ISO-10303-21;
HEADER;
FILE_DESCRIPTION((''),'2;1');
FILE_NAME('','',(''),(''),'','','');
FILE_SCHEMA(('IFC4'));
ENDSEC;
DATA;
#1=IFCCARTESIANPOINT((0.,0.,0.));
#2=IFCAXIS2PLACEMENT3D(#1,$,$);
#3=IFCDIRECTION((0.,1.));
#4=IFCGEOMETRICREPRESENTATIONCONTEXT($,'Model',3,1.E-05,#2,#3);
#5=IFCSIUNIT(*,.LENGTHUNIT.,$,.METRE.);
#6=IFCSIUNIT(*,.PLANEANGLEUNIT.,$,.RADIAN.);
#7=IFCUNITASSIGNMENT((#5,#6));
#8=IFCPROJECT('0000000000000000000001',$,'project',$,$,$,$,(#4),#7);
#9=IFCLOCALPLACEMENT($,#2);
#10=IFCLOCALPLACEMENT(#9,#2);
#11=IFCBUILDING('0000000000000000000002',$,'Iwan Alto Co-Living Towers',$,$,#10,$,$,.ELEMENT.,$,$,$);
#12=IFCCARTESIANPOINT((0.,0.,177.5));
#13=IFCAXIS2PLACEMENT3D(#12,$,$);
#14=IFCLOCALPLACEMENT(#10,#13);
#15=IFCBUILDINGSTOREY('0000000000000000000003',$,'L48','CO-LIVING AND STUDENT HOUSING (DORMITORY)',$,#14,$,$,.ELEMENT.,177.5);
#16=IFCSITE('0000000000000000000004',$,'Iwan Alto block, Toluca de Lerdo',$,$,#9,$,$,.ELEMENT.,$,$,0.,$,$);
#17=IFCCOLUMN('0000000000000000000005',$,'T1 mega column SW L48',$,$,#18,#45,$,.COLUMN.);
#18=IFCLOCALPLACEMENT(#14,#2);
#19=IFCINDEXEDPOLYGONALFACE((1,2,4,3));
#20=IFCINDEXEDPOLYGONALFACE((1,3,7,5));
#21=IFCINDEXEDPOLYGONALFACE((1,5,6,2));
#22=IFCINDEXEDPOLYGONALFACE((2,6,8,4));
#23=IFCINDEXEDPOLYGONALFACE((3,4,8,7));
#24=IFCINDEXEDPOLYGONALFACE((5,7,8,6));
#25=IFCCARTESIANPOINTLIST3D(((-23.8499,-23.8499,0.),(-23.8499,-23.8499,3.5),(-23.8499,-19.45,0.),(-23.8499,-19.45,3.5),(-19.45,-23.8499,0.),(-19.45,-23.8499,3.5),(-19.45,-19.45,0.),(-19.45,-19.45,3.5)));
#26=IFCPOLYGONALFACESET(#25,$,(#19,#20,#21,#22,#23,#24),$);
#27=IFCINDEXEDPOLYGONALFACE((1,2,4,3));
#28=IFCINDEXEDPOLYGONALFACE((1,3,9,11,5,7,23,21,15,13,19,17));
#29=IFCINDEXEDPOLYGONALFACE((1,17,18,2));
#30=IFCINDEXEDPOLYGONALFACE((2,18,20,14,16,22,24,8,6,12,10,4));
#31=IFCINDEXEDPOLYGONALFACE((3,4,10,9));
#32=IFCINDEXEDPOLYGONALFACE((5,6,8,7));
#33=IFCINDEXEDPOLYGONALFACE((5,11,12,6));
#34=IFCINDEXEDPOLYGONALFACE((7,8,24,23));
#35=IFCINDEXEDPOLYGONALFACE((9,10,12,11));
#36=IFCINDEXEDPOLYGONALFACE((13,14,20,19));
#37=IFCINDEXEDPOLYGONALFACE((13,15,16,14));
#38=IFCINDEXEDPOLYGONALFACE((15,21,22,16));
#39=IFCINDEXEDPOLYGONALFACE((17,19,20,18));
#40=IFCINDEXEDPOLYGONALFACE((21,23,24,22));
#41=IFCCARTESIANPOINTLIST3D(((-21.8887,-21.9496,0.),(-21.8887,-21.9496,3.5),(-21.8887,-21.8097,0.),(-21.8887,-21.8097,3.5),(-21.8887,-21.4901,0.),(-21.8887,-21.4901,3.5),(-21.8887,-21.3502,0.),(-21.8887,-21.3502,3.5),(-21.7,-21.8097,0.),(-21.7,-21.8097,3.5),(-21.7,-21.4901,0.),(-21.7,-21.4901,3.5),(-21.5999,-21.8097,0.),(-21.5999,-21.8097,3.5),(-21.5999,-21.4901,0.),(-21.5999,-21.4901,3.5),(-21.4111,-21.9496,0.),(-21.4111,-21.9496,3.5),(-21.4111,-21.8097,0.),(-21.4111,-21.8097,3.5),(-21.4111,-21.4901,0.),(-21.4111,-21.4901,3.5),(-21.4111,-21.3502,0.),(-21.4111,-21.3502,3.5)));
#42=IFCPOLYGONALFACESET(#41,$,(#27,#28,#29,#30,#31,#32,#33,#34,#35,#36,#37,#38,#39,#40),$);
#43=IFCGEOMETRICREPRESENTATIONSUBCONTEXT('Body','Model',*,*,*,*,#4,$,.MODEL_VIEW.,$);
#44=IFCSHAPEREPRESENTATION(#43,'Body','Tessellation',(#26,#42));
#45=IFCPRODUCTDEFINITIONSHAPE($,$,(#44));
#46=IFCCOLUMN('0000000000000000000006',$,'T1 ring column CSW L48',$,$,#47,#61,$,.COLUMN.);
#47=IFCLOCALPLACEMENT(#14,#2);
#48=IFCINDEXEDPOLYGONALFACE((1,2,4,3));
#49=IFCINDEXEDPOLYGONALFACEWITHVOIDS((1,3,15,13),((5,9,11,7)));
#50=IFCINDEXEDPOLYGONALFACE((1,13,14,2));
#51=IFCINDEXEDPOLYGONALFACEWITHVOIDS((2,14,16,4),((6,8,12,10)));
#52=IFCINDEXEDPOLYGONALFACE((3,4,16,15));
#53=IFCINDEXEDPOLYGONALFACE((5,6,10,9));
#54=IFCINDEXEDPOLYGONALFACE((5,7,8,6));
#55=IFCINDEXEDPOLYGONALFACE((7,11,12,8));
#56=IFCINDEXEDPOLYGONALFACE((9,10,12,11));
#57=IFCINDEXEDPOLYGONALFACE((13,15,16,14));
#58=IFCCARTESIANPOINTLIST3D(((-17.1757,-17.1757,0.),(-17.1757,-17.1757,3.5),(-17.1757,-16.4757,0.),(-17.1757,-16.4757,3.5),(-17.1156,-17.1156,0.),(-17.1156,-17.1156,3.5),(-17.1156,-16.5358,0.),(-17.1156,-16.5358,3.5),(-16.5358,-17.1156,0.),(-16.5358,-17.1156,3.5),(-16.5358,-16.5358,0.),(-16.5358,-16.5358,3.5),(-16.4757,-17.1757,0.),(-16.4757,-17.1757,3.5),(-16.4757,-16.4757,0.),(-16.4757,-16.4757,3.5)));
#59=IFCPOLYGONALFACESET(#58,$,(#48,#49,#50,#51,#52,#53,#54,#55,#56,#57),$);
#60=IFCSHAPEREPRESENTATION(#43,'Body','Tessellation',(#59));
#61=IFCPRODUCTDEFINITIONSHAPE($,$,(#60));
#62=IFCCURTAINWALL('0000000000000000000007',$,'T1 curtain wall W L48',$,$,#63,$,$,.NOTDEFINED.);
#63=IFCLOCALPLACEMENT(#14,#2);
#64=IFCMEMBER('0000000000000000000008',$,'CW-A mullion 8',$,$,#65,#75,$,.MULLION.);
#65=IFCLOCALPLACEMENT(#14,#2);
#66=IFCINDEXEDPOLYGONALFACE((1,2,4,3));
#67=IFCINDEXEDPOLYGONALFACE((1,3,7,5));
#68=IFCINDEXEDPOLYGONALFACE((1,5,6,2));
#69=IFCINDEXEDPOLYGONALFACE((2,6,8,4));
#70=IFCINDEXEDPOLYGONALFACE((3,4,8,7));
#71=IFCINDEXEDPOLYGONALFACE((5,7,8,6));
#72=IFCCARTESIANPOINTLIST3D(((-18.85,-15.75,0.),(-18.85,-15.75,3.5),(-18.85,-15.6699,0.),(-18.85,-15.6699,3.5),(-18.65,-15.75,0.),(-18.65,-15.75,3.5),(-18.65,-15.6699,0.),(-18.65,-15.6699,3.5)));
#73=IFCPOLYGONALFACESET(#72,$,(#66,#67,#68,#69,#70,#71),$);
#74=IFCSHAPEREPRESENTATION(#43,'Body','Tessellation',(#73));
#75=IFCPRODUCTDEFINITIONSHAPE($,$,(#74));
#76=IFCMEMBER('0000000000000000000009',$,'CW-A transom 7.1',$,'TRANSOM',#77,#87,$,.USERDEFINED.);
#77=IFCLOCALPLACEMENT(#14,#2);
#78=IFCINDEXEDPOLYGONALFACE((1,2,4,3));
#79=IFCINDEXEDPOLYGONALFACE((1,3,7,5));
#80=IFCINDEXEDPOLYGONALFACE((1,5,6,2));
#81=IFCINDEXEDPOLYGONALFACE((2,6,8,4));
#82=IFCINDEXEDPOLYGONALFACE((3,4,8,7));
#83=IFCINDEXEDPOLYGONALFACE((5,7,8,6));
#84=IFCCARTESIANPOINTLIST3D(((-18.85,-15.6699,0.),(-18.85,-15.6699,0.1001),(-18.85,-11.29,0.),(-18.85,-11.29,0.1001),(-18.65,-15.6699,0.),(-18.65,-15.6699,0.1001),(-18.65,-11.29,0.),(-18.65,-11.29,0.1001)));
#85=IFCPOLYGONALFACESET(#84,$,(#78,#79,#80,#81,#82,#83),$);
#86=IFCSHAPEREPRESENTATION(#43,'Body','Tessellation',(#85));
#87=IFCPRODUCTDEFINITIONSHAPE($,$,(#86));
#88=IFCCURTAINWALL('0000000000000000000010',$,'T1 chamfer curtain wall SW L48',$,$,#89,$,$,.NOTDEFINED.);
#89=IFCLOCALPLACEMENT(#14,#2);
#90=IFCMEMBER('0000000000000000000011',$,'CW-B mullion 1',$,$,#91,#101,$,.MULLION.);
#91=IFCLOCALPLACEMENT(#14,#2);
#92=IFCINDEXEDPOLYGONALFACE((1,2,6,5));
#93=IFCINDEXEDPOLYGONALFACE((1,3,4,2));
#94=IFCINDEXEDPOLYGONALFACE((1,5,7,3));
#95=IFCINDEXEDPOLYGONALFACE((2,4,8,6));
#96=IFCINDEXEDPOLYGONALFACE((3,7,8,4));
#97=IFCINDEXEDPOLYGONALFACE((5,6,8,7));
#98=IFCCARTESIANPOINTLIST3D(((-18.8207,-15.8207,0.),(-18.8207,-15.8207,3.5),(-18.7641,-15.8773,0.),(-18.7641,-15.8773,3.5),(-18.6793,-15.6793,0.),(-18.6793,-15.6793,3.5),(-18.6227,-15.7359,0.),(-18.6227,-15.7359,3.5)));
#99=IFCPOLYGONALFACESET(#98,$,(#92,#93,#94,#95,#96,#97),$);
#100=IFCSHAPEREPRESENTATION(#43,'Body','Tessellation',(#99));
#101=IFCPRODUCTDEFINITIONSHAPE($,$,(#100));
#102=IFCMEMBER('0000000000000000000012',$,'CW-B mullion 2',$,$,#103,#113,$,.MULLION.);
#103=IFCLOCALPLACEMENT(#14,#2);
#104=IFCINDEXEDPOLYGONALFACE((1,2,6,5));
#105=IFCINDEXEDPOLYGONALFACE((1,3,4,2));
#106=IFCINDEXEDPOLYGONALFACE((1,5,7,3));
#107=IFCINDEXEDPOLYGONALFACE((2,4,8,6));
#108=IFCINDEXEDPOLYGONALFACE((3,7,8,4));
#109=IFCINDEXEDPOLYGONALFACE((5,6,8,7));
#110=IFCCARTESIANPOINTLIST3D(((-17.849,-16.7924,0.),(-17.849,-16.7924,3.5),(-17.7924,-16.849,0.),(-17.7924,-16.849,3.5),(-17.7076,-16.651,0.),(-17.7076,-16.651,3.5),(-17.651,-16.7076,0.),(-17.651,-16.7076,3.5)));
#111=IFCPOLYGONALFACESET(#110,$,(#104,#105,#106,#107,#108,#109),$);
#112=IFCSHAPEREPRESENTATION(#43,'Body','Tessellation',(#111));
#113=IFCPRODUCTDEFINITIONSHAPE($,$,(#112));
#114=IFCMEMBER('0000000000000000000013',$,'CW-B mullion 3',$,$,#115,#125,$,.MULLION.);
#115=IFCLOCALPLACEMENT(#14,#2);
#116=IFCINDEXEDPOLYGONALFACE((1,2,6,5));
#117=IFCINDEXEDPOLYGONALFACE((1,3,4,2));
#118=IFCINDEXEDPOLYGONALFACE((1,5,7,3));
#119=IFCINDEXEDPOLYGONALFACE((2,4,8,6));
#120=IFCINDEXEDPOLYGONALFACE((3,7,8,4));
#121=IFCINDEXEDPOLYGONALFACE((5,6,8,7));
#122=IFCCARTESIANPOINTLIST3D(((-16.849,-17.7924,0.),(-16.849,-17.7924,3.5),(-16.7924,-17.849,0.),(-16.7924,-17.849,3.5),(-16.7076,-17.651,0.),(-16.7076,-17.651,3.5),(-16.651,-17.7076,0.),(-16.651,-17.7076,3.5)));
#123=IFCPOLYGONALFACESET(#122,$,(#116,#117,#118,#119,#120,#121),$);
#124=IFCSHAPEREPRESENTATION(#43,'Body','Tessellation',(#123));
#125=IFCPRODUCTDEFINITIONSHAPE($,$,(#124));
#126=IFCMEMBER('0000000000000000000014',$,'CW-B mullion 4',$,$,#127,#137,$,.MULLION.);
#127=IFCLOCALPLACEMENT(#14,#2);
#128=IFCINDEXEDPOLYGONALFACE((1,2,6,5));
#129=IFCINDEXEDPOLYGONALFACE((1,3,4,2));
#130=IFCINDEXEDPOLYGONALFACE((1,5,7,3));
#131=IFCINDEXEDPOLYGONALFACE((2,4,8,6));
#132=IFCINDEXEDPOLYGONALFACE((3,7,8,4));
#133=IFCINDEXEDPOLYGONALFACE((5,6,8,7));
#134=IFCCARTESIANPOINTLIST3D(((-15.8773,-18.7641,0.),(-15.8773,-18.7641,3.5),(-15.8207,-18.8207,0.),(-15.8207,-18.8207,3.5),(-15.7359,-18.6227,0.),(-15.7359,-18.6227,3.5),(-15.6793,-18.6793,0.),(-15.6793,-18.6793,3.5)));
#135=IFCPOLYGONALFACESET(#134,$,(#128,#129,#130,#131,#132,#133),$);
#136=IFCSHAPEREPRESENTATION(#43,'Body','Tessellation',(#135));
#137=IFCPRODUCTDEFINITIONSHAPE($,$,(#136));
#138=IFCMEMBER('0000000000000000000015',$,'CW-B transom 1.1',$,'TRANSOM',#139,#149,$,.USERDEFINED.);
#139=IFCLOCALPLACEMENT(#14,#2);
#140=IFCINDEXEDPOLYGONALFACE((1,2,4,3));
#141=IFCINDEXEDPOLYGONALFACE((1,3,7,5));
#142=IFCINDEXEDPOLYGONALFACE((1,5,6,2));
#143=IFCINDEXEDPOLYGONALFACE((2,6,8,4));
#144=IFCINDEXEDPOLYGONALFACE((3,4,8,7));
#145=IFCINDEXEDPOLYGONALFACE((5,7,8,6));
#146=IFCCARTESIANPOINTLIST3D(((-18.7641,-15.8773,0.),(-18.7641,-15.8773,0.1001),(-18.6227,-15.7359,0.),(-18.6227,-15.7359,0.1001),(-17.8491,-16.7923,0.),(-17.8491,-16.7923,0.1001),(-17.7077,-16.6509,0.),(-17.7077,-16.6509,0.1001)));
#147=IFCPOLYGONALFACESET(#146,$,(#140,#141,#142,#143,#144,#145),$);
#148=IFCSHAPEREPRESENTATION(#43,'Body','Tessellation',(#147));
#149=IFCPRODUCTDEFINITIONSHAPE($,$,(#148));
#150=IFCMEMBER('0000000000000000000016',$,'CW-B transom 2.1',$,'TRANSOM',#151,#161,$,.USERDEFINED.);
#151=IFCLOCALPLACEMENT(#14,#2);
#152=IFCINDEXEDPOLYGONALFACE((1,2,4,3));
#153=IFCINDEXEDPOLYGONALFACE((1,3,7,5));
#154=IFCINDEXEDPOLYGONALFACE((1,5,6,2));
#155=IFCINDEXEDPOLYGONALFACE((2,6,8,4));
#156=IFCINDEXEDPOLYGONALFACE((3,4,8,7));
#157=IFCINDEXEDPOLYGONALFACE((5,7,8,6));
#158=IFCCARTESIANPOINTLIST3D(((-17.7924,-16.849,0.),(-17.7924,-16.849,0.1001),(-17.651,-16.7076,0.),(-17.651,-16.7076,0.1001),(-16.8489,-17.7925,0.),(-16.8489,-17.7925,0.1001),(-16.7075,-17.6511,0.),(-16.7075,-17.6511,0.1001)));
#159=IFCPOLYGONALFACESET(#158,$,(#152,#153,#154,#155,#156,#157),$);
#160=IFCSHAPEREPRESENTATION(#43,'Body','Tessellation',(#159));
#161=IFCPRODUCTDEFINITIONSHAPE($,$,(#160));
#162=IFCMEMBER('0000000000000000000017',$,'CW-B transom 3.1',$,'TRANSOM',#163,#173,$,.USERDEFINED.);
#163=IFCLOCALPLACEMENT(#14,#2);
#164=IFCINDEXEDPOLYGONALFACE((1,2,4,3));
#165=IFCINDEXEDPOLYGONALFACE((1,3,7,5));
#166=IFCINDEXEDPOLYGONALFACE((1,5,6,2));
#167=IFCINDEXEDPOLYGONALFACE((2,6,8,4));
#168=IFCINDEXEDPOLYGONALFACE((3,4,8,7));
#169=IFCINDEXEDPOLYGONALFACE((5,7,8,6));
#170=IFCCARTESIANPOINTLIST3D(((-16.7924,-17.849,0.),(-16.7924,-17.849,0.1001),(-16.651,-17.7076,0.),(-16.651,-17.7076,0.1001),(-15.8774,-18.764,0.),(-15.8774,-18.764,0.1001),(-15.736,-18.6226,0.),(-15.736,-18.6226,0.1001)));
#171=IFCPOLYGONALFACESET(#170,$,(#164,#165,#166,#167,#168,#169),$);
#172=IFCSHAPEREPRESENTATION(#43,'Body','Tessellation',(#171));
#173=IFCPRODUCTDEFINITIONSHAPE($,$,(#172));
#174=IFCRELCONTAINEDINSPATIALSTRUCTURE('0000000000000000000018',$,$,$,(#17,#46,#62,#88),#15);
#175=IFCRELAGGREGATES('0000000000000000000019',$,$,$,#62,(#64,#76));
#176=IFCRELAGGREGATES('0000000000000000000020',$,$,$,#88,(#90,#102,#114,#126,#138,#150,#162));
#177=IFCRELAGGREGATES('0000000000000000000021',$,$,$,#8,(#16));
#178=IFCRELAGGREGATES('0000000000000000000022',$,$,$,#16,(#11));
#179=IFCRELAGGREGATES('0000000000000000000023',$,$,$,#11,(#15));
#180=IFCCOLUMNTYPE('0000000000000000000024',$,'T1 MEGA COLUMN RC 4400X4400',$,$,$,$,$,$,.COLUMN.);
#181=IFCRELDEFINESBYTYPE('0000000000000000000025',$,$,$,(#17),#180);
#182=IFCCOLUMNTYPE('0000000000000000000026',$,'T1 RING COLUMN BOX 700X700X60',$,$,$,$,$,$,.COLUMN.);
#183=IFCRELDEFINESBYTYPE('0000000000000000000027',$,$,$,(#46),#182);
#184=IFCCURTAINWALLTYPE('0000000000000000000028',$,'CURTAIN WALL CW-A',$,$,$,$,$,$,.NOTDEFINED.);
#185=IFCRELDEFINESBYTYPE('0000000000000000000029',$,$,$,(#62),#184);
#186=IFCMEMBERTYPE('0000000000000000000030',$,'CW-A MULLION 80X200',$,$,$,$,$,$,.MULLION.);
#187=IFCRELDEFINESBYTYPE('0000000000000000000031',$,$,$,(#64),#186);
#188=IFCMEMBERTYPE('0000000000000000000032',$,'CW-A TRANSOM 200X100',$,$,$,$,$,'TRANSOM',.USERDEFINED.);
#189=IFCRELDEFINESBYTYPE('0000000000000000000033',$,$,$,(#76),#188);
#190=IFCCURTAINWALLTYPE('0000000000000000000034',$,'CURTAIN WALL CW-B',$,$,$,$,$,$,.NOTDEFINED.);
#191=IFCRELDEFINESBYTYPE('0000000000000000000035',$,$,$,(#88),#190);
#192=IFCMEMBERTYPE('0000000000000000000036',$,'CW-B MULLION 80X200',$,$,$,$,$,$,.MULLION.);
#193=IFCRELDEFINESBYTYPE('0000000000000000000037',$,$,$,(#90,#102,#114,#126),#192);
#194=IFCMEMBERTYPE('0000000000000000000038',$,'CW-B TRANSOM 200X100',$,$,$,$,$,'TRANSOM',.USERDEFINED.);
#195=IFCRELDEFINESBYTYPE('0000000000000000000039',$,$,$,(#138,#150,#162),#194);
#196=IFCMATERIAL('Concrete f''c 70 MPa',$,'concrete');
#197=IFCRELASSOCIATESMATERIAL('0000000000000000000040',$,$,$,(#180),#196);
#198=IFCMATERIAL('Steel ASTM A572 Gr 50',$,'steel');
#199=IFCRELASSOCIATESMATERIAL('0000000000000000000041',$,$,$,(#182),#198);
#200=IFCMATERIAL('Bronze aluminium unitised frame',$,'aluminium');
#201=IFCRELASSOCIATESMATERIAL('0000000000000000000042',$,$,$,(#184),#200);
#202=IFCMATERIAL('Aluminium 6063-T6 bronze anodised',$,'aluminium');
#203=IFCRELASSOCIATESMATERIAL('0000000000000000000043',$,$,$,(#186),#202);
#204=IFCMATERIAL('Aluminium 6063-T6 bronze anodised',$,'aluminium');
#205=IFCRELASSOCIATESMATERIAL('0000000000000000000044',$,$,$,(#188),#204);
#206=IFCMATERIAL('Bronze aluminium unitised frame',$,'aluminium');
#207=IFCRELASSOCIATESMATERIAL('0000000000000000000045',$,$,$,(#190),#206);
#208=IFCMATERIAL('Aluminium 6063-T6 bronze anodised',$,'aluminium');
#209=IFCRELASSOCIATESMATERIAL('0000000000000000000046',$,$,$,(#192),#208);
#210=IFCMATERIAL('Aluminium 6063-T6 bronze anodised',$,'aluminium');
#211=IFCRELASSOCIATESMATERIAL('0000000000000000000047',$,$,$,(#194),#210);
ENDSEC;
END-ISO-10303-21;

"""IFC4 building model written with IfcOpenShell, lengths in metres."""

from ifc_helpers import new_model, si_unit, direction, frame, origin, origin_2d, place, context, subcontext, project, spatial, rectangle, hollow_rectangle, i_section, extrude, material, material_profile, profile_set, type_object, element, aggregate, save


model = new_model("IFC4")

# Units and contexts
model_context = context("Model", 3, precision=1e-05, world=origin(), true_north=direction((0.0, 1.0)))
body_context = subcontext(model_context, "Body", "Model", "MODEL_VIEW")
ifc_project = project(units=[si_unit("LENGTHUNIT", "METRE"), si_unit("PLANEANGLEUNIT", "RADIAN")], contexts=[model_context])

# Site, building, storey
site_placement = place(None, origin())
site = spatial("IfcSite", under=ifc_project, at=site_placement, Name="Iwan Alto block, Toluca de Lerdo", CompositionType="ELEMENT", RefElevation=0.0)
building_placement = place(site_placement, origin())
building = spatial("IfcBuilding", under=site, at=building_placement, Name="Iwan Alto Co-Living Towers", CompositionType="ELEMENT")
storey_placement = place(building_placement, frame((0.0, 0.0, 177.5)))
storey = spatial("IfcBuildingStorey", under=building, at=storey_placement, Name="L48", Description="CO-LIVING AND STUDENT HOUSING (DORMITORY)", CompositionType="ELEMENT", Elevation=177.5)

# Columns
ifc_material_1 = material(Name="Concrete f'c 70 MPa", Category="concrete")
ifc_material_profile_1 = material_profile(ifc_material_1, rectangle(XDim=4.3999, YDim=4.3999, at=origin_2d()), Name="RC 4400X4400")
ifc_profile_set_1 = profile_set([ifc_material_profile_1], Name="Concrete f'c 70 MPa")
column_type_1 = type_object("IfcColumnType", Name="T1 MEGA COLUMN RC 4400X4400", PredefinedType="COLUMN", material=ifc_profile_set_1)
column_1_placement = place(storey_placement, frame((-21.6499, -21.6499, 0.0), z_axis=(0.0, 0.0, 1.0), x_axis=(1.0, 0.0, 0.0)))
element("IfcColumn", 1, at=column_1_placement, inside=storey, type_object=column_type_1, Name="T1 mega column SW L48", PredefinedType="COLUMN", context=body_context, shape_type="SweptSolid", body=[
    extrude(rectangle(XDim=4.3999, YDim=4.3999, at=origin_2d()), origin(), (0.0, 0.0, 1.0), 3.5),
    extrude(i_section(OverallWidth=0.4775, OverallDepth=0.5994, WebThickness=0.1001, FlangeThickness=0.1399, at=origin_2d()), origin(), (0.0, 0.0, 1.0), 3.5),
])
ifc_material_2 = material(Name="Steel ASTM A572 Gr 50", Category="steel")
ifc_material_profile_2 = material_profile(ifc_material_2, hollow_rectangle(XDim=0.7, YDim=0.7, WallThickness=0.0601, at=origin_2d()), Name="BOX 700X700X60")
ifc_profile_set_2 = profile_set([ifc_material_profile_2], Name="Steel ASTM A572 Gr 50")
column_type_2 = type_object("IfcColumnType", Name="T1 RING COLUMN BOX 700X700X60", PredefinedType="COLUMN", material=ifc_profile_set_2)
column_2_placement = place(storey_placement, frame((-16.8257, -16.8257, 0.0), z_axis=(0.0, 0.0, 1.0), x_axis=(1.0, 0.0, 0.0)))
element("IfcColumn", 2, at=column_2_placement, inside=storey, type_object=column_type_2, Name="T1 ring column CSW L48", PredefinedType="COLUMN", context=body_context, shape_type="SweptSolid", body=[
    extrude(hollow_rectangle(XDim=0.7, YDim=0.7, WallThickness=0.0601, at=origin_2d()), origin(), (0.0, 0.0, 1.0), 3.5),
])

# Curtain walls, members
ifc_material_3 = material(Name="Bronze aluminium unitised frame", Category="aluminium")
curtain_wall_type_1 = type_object("IfcCurtainWallType", Name="CURTAIN WALL CW-A", PredefinedType="NOTDEFINED", material=ifc_material_3)
curtain_wall_1_placement = place(storey_placement, origin())
curtain_wall_1 = element("IfcCurtainWall", 3, at=curtain_wall_1_placement, inside=storey, type_object=curtain_wall_type_1, Name="T1 curtain wall W L48", PredefinedType="NOTDEFINED")
ifc_material_4 = material(Name="Aluminium 6063-T6 bronze anodised", Category="aluminium")
ifc_material_profile_3 = material_profile(ifc_material_4, rectangle(XDim=0.2, YDim=0.0801, at=origin_2d()), Name="AL 80X200")
ifc_profile_set_3 = profile_set([ifc_material_profile_3], Name="Aluminium 6063-T6 bronze anodised")
member_type_1 = type_object("IfcMemberType", Name="CW-A MULLION 80X200", PredefinedType="MULLION", material=ifc_profile_set_3)
member_1_placement = place(storey_placement, frame((-18.75, -15.71, 0.0), z_axis=(0.0, 0.0, 1.0), x_axis=(1.0, 0.0, 0.0)))
member_1 = element("IfcMember", 4, at=member_1_placement, type_object=member_type_1, Name="CW-A mullion 8", PredefinedType="MULLION", context=body_context, shape_type="SweptSolid", body=[
    extrude(rectangle(XDim=0.2, YDim=0.0801, at=origin_2d()), origin(), (0.0, 0.0, 1.0), 3.5),
])
ifc_material_5 = material(Name="Aluminium 6063-T6 bronze anodised", Category="aluminium")
ifc_material_profile_4 = material_profile(ifc_material_5, rectangle(XDim=0.2, YDim=0.1001, at=origin_2d()), Name="AL 200X100")
ifc_profile_set_4 = profile_set([ifc_material_profile_4], Name="Aluminium 6063-T6 bronze anodised")
member_type_2 = type_object("IfcMemberType", Name="CW-A TRANSOM 200X100", ElementType="TRANSOM", PredefinedType="USERDEFINED", material=ifc_profile_set_4)
member_2_placement = place(storey_placement, frame((-18.75, -11.29, 0.05), z_axis=(0.0, -1.0, 0.0), x_axis=(1.0, 0.0, 0.0)))
member_2 = element("IfcMember", 5, at=member_2_placement, type_object=member_type_2, Name="CW-A transom 7.1", ObjectType="TRANSOM", PredefinedType="USERDEFINED", context=body_context, shape_type="SweptSolid", body=[
    extrude(rectangle(XDim=0.2, YDim=0.1001, at=origin_2d()), origin(), (0.0, 0.0, 1.0), 4.3799),
])
ifc_material_6 = material(Name="Bronze aluminium unitised frame", Category="aluminium")
curtain_wall_type_2 = type_object("IfcCurtainWallType", Name="CURTAIN WALL CW-B", PredefinedType="NOTDEFINED", material=ifc_material_6)
curtain_wall_2_placement = place(storey_placement, origin())
curtain_wall_2 = element("IfcCurtainWall", 6, at=curtain_wall_2_placement, inside=storey, type_object=curtain_wall_type_2, Name="T1 chamfer curtain wall SW L48", PredefinedType="NOTDEFINED")
ifc_material_7 = material(Name="Aluminium 6063-T6 bronze anodised", Category="aluminium")
ifc_material_profile_5 = material_profile(ifc_material_7, rectangle(XDim=0.2, YDim=0.0801, at=origin_2d()), Name="AL 80X200")
ifc_profile_set_5 = profile_set([ifc_material_profile_5], Name="Aluminium 6063-T6 bronze anodised")
member_type_3 = type_object("IfcMemberType", Name="CW-B MULLION 80X200", PredefinedType="MULLION", material=ifc_profile_set_5)
member_3_placement = place(storey_placement, frame((-18.7217, -15.7783, 0.0), z_axis=(0.0, 0.0, 1.0), x_axis=(0.707107, 0.707107, 0.0)))
member_3 = element("IfcMember", 7, at=member_3_placement, type_object=member_type_3, Name="CW-B mullion 1", PredefinedType="MULLION", context=body_context, shape_type="SweptSolid", body=[
    extrude(rectangle(XDim=0.2, YDim=0.0801, at=origin_2d()), origin(), (0.0, 0.0, 1.0), 3.5),
])
member_4_placement = place(storey_placement, frame((-17.75, -16.75, 0.0), z_axis=(0.0, 0.0, 1.0), x_axis=(0.707107, 0.707107, 0.0)))
member_4 = element("IfcMember", 8, at=member_4_placement, type_object=member_type_3, Name="CW-B mullion 2", PredefinedType="MULLION", context=body_context, shape_type="SweptSolid", body=[
    extrude(rectangle(XDim=0.2, YDim=0.0801, at=origin_2d()), origin(), (0.0, 0.0, 1.0), 3.5),
])
member_5_placement = place(storey_placement, frame((-16.75, -17.75, 0.0), z_axis=(0.0, 0.0, 1.0), x_axis=(0.707107, 0.707107, 0.0)))
member_5 = element("IfcMember", 9, at=member_5_placement, type_object=member_type_3, Name="CW-B mullion 3", PredefinedType="MULLION", context=body_context, shape_type="SweptSolid", body=[
    extrude(rectangle(XDim=0.2, YDim=0.0801, at=origin_2d()), origin(), (0.0, 0.0, 1.0), 3.5),
])
member_6_placement = place(storey_placement, frame((-15.7783, -18.7217, 0.0), z_axis=(0.0, 0.0, 1.0), x_axis=(0.707107, 0.707107, 0.0)))
member_6 = element("IfcMember", 10, at=member_6_placement, type_object=member_type_3, Name="CW-B mullion 4", PredefinedType="MULLION", context=body_context, shape_type="SweptSolid", body=[
    extrude(rectangle(XDim=0.2, YDim=0.0801, at=origin_2d()), origin(), (0.0, 0.0, 1.0), 3.5),
])
ifc_material_8 = material(Name="Aluminium 6063-T6 bronze anodised", Category="aluminium")
ifc_material_profile_6 = material_profile(ifc_material_8, rectangle(XDim=0.2, YDim=0.1001, at=origin_2d()), Name="AL 200X100")
ifc_profile_set_6 = profile_set([ifc_material_profile_6], Name="Aluminium 6063-T6 bronze anodised")
member_type_4 = type_object("IfcMemberType", Name="CW-B TRANSOM 200X100", ElementType="TRANSOM", PredefinedType="USERDEFINED", material=ifc_profile_set_6)
member_7_placement = place(storey_placement, frame((-18.6934, -15.8066, 0.05), z_axis=(0.707107, -0.707107, 0.0), x_axis=(0.707107, 0.707107, 0.0)))
member_7 = element("IfcMember", 11, at=member_7_placement, type_object=member_type_4, Name="CW-B transom 1.1", ObjectType="TRANSOM", PredefinedType="USERDEFINED", context=body_context, shape_type="SweptSolid", body=[
    extrude(rectangle(XDim=0.2, YDim=0.1001, at=origin_2d()), origin(), (0.0, 0.0, 1.0), 1.2939),
])
member_8_placement = place(storey_placement, frame((-17.7217, -16.7783, 0.05), z_axis=(0.707107, -0.707107, 0.0), x_axis=(0.707107, 0.707107, 0.0)))
member_8 = element("IfcMember", 12, at=member_8_placement, type_object=member_type_4, Name="CW-B transom 2.1", ObjectType="TRANSOM", PredefinedType="USERDEFINED", context=body_context, shape_type="SweptSolid", body=[
    extrude(rectangle(XDim=0.2, YDim=0.1001, at=origin_2d()), origin(), (0.0, 0.0, 1.0), 1.3342),
])
member_9_placement = place(storey_placement, frame((-16.7217, -17.7783, 0.05), z_axis=(0.707107, -0.707107, 0.0), x_axis=(0.707107, 0.707107, 0.0)))
member_9 = element("IfcMember", 13, at=member_9_placement, type_object=member_type_4, Name="CW-B transom 3.1", ObjectType="TRANSOM", PredefinedType="USERDEFINED", context=body_context, shape_type="SweptSolid", body=[
    extrude(rectangle(XDim=0.2, YDim=0.1001, at=origin_2d()), origin(), (0.0, 0.0, 1.0), 1.2939),
])

aggregate(curtain_wall_1, [member_1, member_2])
aggregate(curtain_wall_2, [member_3, member_4, member_5, member_6, member_7, member_8, member_9])

save(model, "model.ifc")
